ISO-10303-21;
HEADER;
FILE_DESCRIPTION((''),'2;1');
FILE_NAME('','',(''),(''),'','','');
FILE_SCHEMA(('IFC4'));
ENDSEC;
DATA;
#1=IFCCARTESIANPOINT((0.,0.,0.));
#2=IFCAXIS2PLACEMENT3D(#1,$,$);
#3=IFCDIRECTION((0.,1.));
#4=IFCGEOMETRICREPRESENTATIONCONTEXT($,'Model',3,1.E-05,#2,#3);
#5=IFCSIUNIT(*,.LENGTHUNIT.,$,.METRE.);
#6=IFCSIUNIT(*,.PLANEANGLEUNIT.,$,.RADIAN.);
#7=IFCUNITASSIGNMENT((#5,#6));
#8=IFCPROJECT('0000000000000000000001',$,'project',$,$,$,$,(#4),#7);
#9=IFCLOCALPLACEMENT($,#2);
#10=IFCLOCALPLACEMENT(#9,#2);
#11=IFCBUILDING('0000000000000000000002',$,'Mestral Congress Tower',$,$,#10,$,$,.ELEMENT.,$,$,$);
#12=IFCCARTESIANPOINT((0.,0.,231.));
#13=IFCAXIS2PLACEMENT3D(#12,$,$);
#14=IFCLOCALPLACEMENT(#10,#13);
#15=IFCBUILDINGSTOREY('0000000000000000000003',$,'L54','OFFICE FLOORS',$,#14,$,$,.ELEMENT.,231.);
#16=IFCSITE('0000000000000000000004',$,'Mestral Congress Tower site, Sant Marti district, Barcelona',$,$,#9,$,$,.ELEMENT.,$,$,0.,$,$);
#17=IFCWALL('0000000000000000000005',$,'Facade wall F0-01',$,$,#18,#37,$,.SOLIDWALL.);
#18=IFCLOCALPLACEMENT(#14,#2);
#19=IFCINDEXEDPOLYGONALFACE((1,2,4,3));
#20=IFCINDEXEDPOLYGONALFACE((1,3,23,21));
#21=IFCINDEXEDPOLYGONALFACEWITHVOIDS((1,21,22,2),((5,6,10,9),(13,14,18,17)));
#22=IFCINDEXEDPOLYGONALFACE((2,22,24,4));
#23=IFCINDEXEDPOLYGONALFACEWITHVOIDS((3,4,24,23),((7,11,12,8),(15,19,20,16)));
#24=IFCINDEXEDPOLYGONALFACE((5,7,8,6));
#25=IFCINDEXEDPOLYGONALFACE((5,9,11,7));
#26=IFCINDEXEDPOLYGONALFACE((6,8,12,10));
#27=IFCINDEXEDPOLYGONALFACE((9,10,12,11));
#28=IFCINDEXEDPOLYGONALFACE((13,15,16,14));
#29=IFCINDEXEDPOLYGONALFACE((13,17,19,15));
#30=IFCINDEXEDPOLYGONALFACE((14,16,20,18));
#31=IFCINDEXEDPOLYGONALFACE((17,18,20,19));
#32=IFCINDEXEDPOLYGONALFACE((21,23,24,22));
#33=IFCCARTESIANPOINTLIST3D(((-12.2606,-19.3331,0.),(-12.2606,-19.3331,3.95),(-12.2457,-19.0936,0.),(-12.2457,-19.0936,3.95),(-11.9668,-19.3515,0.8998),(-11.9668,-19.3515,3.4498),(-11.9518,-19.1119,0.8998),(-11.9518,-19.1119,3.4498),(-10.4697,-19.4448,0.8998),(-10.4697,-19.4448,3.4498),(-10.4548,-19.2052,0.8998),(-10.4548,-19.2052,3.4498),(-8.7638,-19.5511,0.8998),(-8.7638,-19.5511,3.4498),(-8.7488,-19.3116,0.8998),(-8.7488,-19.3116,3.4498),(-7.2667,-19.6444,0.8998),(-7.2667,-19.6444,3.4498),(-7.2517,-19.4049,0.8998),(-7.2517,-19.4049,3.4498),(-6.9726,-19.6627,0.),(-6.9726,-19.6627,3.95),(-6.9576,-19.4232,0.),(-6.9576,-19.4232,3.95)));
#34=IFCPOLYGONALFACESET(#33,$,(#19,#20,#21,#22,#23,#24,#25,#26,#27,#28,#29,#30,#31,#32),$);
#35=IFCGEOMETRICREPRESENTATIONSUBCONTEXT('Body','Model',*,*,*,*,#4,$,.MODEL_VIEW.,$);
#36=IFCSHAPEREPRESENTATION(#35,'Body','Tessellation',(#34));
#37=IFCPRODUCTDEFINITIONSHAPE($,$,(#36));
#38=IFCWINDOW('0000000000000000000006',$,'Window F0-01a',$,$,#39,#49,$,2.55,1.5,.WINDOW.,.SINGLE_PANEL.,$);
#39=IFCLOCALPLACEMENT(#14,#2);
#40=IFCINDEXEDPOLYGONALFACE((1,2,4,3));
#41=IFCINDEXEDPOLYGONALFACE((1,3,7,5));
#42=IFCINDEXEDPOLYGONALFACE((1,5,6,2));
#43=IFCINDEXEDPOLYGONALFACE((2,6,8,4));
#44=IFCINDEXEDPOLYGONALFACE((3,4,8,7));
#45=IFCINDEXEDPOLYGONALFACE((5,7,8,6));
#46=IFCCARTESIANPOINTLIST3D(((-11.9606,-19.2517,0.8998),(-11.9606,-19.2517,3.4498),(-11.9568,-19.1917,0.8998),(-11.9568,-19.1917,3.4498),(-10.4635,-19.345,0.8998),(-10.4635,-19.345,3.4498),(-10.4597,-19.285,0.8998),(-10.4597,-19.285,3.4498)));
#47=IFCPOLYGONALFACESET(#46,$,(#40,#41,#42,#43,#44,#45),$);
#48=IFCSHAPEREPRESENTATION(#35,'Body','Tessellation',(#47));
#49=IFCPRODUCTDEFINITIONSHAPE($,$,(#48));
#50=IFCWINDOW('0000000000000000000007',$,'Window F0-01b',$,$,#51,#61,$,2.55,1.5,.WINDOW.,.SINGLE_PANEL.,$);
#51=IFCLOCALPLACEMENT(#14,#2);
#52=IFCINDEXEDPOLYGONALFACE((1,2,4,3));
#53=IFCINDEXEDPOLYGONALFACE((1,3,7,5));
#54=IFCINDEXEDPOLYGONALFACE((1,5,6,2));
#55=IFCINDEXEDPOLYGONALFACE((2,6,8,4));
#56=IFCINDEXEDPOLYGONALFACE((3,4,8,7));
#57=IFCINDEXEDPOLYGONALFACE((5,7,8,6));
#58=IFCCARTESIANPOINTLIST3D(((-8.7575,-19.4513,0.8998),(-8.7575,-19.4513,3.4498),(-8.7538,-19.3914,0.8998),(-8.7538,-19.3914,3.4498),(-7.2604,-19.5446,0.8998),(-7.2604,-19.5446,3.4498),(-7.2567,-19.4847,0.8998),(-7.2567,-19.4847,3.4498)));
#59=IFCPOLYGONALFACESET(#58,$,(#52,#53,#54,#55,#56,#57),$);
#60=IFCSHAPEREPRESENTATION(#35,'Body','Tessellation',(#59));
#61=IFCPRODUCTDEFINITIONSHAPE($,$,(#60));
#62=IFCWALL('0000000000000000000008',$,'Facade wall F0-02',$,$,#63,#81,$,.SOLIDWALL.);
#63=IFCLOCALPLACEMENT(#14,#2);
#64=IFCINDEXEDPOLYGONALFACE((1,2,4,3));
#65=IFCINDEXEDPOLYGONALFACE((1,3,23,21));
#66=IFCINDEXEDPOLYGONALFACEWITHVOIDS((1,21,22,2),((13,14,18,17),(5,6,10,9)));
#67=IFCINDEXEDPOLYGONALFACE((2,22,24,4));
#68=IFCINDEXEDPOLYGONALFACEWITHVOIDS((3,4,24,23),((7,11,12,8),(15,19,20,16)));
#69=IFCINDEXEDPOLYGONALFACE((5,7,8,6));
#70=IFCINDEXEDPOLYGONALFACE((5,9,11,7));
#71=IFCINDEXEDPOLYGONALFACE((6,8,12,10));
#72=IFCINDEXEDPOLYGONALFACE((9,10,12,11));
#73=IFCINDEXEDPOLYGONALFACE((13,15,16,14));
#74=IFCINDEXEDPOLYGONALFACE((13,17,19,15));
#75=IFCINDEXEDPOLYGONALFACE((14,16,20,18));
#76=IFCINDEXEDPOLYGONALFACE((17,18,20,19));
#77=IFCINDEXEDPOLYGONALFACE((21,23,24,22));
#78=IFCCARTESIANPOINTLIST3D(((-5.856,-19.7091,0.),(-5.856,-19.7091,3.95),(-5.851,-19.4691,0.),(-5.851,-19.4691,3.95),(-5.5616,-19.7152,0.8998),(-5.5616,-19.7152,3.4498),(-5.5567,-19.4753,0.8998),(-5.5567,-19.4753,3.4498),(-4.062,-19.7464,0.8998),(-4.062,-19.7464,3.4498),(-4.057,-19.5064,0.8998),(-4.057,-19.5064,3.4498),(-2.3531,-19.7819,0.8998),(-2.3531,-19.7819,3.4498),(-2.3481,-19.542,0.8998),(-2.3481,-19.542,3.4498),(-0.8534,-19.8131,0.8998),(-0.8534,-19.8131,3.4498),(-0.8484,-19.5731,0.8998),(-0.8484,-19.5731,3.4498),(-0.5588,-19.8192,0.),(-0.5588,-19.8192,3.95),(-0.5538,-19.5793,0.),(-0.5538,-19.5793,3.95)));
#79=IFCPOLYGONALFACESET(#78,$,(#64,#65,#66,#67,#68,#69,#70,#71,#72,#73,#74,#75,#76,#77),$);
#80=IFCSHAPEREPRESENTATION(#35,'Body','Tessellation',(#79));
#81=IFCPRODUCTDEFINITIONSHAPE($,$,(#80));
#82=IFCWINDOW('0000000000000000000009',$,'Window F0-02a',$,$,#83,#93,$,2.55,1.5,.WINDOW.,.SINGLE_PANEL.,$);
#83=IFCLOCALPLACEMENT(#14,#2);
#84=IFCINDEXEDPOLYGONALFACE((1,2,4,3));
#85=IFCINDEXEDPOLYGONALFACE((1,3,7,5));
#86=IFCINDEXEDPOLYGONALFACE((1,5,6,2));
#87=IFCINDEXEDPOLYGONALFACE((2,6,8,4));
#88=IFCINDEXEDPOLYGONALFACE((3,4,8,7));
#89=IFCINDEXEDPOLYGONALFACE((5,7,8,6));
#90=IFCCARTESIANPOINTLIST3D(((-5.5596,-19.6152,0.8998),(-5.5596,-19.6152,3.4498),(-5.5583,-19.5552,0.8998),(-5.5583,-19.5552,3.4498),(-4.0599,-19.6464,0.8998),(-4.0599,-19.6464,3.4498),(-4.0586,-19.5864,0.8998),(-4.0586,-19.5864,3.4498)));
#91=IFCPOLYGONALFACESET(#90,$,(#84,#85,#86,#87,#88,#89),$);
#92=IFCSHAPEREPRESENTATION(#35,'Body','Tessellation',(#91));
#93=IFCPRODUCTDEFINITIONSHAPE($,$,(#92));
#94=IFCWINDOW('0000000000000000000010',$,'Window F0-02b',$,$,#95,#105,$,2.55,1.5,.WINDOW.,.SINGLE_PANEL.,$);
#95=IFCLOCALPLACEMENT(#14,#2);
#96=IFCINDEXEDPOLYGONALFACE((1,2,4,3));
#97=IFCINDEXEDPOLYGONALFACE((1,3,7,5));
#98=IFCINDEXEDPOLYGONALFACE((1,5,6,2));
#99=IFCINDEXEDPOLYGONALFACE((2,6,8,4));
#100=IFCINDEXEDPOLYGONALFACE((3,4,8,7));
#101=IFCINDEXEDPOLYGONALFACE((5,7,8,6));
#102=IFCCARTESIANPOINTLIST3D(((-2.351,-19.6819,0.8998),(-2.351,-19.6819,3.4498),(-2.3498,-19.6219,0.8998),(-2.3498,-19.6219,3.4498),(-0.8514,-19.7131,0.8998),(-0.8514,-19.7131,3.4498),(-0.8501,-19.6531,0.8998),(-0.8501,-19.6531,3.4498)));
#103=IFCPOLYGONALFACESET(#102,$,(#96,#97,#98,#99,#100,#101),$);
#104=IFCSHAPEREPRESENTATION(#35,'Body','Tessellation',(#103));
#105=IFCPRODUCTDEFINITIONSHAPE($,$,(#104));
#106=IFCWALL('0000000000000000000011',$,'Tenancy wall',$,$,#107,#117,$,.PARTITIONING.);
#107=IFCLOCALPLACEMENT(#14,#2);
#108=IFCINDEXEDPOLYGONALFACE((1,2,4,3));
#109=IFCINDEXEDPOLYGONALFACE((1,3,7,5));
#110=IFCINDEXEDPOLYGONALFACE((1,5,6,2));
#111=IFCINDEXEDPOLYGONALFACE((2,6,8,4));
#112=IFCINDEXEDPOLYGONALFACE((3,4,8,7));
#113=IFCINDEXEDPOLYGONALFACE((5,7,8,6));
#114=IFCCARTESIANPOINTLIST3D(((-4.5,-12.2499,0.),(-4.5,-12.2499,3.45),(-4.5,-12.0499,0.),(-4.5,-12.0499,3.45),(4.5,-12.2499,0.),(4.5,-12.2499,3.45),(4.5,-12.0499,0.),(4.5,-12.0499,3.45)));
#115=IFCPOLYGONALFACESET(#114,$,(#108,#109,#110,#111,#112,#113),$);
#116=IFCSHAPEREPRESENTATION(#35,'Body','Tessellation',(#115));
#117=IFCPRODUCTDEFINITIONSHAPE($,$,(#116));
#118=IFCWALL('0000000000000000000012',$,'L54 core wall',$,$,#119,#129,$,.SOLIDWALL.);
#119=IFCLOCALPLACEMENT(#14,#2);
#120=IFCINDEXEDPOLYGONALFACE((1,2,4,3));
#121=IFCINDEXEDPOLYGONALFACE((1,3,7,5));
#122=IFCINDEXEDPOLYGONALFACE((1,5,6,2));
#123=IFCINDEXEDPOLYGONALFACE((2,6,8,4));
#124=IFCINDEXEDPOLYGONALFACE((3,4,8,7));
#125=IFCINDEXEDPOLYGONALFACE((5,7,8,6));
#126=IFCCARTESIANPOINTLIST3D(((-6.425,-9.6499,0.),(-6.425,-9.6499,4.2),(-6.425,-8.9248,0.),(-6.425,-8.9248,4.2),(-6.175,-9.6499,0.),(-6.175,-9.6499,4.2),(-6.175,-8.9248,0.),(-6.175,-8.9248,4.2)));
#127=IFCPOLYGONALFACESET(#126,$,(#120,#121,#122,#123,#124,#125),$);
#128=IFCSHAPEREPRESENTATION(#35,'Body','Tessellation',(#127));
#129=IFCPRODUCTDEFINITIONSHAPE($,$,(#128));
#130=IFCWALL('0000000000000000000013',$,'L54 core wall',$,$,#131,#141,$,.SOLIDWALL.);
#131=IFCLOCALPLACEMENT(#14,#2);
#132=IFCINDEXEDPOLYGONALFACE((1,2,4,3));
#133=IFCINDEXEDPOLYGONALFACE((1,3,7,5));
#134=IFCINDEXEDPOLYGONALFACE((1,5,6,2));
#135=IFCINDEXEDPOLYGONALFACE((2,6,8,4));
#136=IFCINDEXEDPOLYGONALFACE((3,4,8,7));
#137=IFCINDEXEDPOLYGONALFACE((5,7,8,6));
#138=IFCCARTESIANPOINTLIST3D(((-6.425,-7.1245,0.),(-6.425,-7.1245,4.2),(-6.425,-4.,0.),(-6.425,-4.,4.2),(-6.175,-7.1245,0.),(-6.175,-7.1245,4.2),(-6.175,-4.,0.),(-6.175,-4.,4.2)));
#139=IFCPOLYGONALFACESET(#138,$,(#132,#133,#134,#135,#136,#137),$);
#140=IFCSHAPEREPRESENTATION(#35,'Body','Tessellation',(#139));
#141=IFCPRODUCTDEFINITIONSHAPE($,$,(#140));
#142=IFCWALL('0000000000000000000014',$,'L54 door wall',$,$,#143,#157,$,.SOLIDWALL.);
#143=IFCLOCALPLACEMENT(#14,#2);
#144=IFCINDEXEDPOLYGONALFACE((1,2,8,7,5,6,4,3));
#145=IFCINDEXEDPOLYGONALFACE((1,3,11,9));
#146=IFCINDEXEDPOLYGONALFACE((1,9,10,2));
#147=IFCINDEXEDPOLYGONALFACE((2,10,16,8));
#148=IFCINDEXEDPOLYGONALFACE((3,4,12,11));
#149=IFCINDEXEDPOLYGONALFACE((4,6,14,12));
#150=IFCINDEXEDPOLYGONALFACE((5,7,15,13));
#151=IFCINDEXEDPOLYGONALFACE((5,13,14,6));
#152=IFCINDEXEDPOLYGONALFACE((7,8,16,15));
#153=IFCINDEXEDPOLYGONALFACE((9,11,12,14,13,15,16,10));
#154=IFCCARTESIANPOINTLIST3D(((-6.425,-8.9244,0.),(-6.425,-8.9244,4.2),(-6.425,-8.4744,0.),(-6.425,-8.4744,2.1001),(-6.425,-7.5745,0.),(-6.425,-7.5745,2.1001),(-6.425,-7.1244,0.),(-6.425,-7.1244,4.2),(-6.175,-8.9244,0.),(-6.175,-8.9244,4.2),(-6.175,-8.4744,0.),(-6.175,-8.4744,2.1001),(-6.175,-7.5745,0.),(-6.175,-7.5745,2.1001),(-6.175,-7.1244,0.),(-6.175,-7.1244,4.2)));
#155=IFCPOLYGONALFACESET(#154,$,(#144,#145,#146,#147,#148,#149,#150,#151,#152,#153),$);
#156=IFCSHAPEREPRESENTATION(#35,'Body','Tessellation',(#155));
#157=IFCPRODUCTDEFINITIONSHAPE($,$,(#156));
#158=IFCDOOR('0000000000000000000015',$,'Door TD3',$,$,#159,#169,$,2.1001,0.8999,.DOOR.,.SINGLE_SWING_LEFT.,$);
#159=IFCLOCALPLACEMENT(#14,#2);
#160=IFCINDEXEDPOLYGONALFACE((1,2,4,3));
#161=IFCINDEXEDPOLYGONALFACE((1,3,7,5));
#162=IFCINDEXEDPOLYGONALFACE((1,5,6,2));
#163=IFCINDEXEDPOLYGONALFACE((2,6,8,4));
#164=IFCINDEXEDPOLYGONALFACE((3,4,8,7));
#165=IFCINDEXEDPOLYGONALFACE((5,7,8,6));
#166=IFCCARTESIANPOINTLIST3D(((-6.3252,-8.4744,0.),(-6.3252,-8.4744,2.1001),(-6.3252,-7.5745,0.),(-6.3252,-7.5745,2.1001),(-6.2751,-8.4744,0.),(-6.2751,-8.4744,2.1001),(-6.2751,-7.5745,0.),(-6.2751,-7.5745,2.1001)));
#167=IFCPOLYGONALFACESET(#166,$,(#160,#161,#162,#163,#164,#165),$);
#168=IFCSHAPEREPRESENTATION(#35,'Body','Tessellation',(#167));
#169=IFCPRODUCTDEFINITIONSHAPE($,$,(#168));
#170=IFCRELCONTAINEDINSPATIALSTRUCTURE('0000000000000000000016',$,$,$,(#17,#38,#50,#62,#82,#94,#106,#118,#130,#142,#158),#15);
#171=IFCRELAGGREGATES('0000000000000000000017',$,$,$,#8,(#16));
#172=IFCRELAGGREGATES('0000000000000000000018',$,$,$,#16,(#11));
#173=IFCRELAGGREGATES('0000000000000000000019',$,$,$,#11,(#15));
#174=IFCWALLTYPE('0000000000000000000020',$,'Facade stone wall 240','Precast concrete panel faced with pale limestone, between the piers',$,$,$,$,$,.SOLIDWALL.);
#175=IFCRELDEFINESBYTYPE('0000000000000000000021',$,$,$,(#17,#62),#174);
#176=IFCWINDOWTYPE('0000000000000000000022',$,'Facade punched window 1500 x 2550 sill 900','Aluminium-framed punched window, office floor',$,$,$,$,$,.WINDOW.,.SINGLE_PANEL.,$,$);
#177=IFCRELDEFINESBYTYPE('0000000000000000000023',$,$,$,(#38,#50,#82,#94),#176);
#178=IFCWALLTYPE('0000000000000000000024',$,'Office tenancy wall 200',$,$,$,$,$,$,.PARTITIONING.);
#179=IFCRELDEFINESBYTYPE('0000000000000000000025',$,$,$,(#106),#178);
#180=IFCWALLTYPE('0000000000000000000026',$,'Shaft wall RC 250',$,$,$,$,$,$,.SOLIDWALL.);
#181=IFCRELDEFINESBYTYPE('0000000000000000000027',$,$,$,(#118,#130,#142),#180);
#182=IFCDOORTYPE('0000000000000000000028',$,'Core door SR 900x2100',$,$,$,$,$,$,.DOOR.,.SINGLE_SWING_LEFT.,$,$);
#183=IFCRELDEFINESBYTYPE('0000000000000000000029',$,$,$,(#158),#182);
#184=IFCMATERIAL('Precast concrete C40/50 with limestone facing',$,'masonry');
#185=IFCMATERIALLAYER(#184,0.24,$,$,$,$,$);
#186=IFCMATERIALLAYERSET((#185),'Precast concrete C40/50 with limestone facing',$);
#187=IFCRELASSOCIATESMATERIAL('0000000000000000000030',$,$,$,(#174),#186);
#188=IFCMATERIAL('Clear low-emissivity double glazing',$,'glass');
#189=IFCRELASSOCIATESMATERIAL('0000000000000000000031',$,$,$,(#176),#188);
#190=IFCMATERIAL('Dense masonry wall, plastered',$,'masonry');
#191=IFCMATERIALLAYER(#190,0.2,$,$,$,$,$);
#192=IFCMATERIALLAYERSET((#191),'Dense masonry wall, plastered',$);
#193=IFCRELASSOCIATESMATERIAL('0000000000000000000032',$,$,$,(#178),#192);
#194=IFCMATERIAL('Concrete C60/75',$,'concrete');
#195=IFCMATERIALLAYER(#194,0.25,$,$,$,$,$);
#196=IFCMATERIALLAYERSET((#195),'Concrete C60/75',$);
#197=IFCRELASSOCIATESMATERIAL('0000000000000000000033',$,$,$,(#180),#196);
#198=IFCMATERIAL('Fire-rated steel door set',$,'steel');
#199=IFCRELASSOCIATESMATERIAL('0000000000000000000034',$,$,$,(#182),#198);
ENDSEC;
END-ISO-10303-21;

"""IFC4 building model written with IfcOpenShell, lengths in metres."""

from ifc_helpers import new_model, si_unit, direction, frame, frame_2d, origin, place, context, subcontext, project, spatial, rectangle, extrude, material, layer, layer_set, type_object, element, fill, save


model = new_model("IFC4")

# Units and contexts
model_context = context("Model", 3, precision=1e-05, world=origin(), true_north=direction((0.0, 1.0)))
body_context = subcontext(model_context, "Body", "Model", "MODEL_VIEW")
ifc_project = project(units=[si_unit("LENGTHUNIT", "METRE"), si_unit("PLANEANGLEUNIT", "RADIAN")], contexts=[model_context])

# Site, building, storey
site_placement = place(None, origin())
site = spatial("IfcSite", under=ifc_project, at=site_placement, Name="Mestral Congress Tower site, Sant Marti district, Barcelona", CompositionType="ELEMENT", RefElevation=0.0)
building_placement = place(site_placement, origin())
building = spatial("IfcBuilding", under=site, at=building_placement, Name="Mestral Congress Tower", CompositionType="ELEMENT")
storey_placement = place(building_placement, frame((0.0, 0.0, 231.0)))
storey = spatial("IfcBuildingStorey", under=building, at=storey_placement, Name="L54", Description="OFFICE FLOORS", CompositionType="ELEMENT", Elevation=231.0)

# Shared definitions
ifc_material_1 = material(Name="Concrete C60/75", Category="concrete")

# Walls, openings, windows
ifc_material_2 = material(Name="Precast concrete C40/50 with limestone facing", Category="masonry")
ifc_layer_1 = layer(ifc_material_2, 0.24)
ifc_layer_set_1 = layer_set([ifc_layer_1], Name="Precast concrete C40/50 with limestone facing")
wall_type_1 = type_object("IfcWallType", Name="Facade stone wall 240", Description="Precast concrete panel faced with pale limestone, between the piers", PredefinedType="SOLIDWALL", material=ifc_layer_set_1)
wall_1_placement = place(storey_placement, frame((-12.2532, -19.2134, 0.0), z_axis=(0.0, 0.0, 1.0), x_axis=(0.998063, -0.062206, 0.0)))
wall_1 = element("IfcWall", 1, at=wall_1_placement, inside=storey, type_object=wall_type_1, Name="Facade wall F0-01", PredefinedType="SOLIDWALL", context=body_context, shape_type="SweptSolid", body=[
    extrude(rectangle(XDim=5.2983, YDim=0.24, at=frame_2d((2.6492, 0.0))), origin(), (0.0, 0.0, 1.0), 3.95),
])
opening_1_placement = place(wall_1_placement, frame((0.2944, 0.0, 0.8999)))
opening_1 = element("IfcOpeningElement", 2, at=opening_1_placement, cuts=wall_1, PredefinedType="OPENING", context=body_context, shape_type="SweptSolid", body=[
    extrude(rectangle(XDim=1.5, YDim=2.55, at=frame_2d((0.75, 1.2749))), frame((0.0, 0.1299, 0.0), z_axis=(0.0, -1.0, 0.0), x_axis=(1.0, 0.0, 0.0)), (0.0, 0.0, 1.0), 0.26),
])
opening_2_placement = place(wall_1_placement, frame((3.5037, 0.0, 0.8999)))
opening_2 = element("IfcOpeningElement", 3, at=opening_2_placement, cuts=wall_1, PredefinedType="OPENING", context=body_context, shape_type="SweptSolid", body=[
    extrude(rectangle(XDim=1.5, YDim=2.55, at=frame_2d((0.75, 1.2749))), frame((0.0, 0.1299, 0.0), z_axis=(0.0, -1.0, 0.0), x_axis=(1.0, 0.0, 0.0)), (0.0, 0.0, 1.0), 0.26),
])
ifc_material_3 = material(Name="Clear low-emissivity double glazing", Category="glass")
window_type = type_object("IfcWindowType", Name="Facade punched window 1500 x 2550 sill 900", Description="Aluminium-framed punched window, office floor", PartitioningType="SINGLE_PANEL", PredefinedType="WINDOW", material=ifc_material_3)
window_1_placement = place(opening_1_placement, origin())
window_1 = element("IfcWindow", 4, at=window_1_placement, inside=storey, type_object=window_type, Name="Window F0-01a", OverallHeight=2.55, OverallWidth=1.5, PartitioningType="SINGLE_PANEL", PredefinedType="WINDOW", context=body_context, shape_type="SweptSolid", body=[
    extrude(rectangle(XDim=1.5, YDim=2.55, at=frame_2d((0.75, 1.2749))), frame((0.0, 0.04, 0.0), z_axis=(0.0, -1.0, 0.0), x_axis=(1.0, 0.0, 0.0)), (0.0, 0.0, 1.0), 0.0601),
])
fill(opening_1, window_1)
window_2_placement = place(opening_2_placement, origin())
window_2 = element("IfcWindow", 5, at=window_2_placement, inside=storey, type_object=window_type, Name="Window F0-01b", OverallHeight=2.55, OverallWidth=1.5, PartitioningType="SINGLE_PANEL", PredefinedType="WINDOW", context=body_context, shape_type="SweptSolid", body=[
    extrude(rectangle(XDim=1.5, YDim=2.55, at=frame_2d((0.75, 1.2749))), frame((0.0, 0.04, 0.0), z_axis=(0.0, -1.0, 0.0), x_axis=(1.0, 0.0, 0.0)), (0.0, 0.0, 1.0), 0.0601),
])
fill(opening_2, window_2)
wall_2_placement = place(storey_placement, frame((-5.8535, -19.5891, 0.0), z_axis=(0.0, 0.0, 1.0), x_axis=(0.999784, -0.020782, 0.0)))
wall_2 = element("IfcWall", 6, at=wall_2_placement, inside=storey, type_object=wall_type_1, Name="Facade wall F0-02", PredefinedType="SOLIDWALL", context=body_context, shape_type="SweptSolid", body=[
    extrude(rectangle(XDim=5.2983, YDim=0.24, at=frame_2d((2.6492, 0.0))), origin(), (0.0, 0.0, 1.0), 3.95),
])
opening_3_placement = place(wall_2_placement, frame((0.2944, 0.0, 0.8999)))
opening_3 = element("IfcOpeningElement", 7, at=opening_3_placement, cuts=wall_2, PredefinedType="OPENING", context=body_context, shape_type="SweptSolid", body=[
    extrude(rectangle(XDim=1.5, YDim=2.55, at=frame_2d((0.75, 1.2749))), frame((0.0, 0.1299, 0.0), z_axis=(0.0, -1.0, 0.0), x_axis=(1.0, 0.0, 0.0)), (0.0, 0.0, 1.0), 0.26),
])
opening_4_placement = place(wall_2_placement, frame((3.5037, 0.0, 0.8999)))
opening_4 = element("IfcOpeningElement", 8, at=opening_4_placement, cuts=wall_2, PredefinedType="OPENING", context=body_context, shape_type="SweptSolid", body=[
    extrude(rectangle(XDim=1.5, YDim=2.55, at=frame_2d((0.75, 1.2749))), frame((0.0, 0.1299, 0.0), z_axis=(0.0, -1.0, 0.0), x_axis=(1.0, 0.0, 0.0)), (0.0, 0.0, 1.0), 0.26),
])
window_3_placement = place(opening_3_placement, origin())
window_3 = element("IfcWindow", 9, at=window_3_placement, inside=storey, type_object=window_type, Name="Window F0-02a", OverallHeight=2.55, OverallWidth=1.5, PartitioningType="SINGLE_PANEL", PredefinedType="WINDOW", context=body_context, shape_type="SweptSolid", body=[
    extrude(rectangle(XDim=1.5, YDim=2.55, at=frame_2d((0.75, 1.2749))), frame((0.0, 0.04, 0.0), z_axis=(0.0, -1.0, 0.0), x_axis=(1.0, 0.0, 0.0)), (0.0, 0.0, 1.0), 0.0601),
])
fill(opening_3, window_3)
window_4_placement = place(opening_4_placement, origin())
window_4 = element("IfcWindow", 10, at=window_4_placement, inside=storey, type_object=window_type, Name="Window F0-02b", OverallHeight=2.55, OverallWidth=1.5, PartitioningType="SINGLE_PANEL", PredefinedType="WINDOW", context=body_context, shape_type="SweptSolid", body=[
    extrude(rectangle(XDim=1.5, YDim=2.55, at=frame_2d((0.75, 1.2749))), frame((0.0, 0.04, 0.0), z_axis=(0.0, -1.0, 0.0), x_axis=(1.0, 0.0, 0.0)), (0.0, 0.0, 1.0), 0.0601),
])
fill(opening_4, window_4)

# Walls
ifc_material_4 = material(Name="Dense masonry wall, plastered", Category="masonry")
ifc_layer_2 = layer(ifc_material_4, 0.2)
ifc_layer_set_2 = layer_set([ifc_layer_2], Name="Dense masonry wall, plastered")
wall_type_2 = type_object("IfcWallType", Name="Office tenancy wall 200", PredefinedType="PARTITIONING", material=ifc_layer_set_2)
wall_3_placement = place(storey_placement, frame((-4.5, -12.1499, 0.0), z_axis=(0.0, 0.0, 1.0), x_axis=(1.0, 0.0, 0.0)))
element("IfcWall", 11, at=wall_3_placement, inside=storey, type_object=wall_type_2, Name="Tenancy wall", PredefinedType="PARTITIONING", context=body_context, shape_type="SweptSolid", body=[
    extrude(rectangle(XDim=9.0, YDim=0.2, at=frame_2d((4.5, 0.0))), origin(), (0.0, 0.0, 1.0), 3.45),
])
ifc_layer_3 = layer(ifc_material_1, 0.25)
ifc_layer_set_3 = layer_set([ifc_layer_3], Name="Concrete C60/75")
wall_type_3 = type_object("IfcWallType", Name="Shaft wall RC 250", PredefinedType="SOLIDWALL", material=ifc_layer_set_3)
wall_4_placement = place(storey_placement, frame((-6.3, -8.9248, 0.0), z_axis=(0.0, 0.0, 1.0), x_axis=(0.0, -1.0, 0.0)))
element("IfcWall", 12, at=wall_4_placement, inside=storey, type_object=wall_type_3, Name="L54 core wall", PredefinedType="SOLIDWALL", context=body_context, shape_type="SweptSolid", body=[
    extrude(rectangle(XDim=0.7251, YDim=0.25, at=frame_2d((0.3625, 0.0))), origin(), (0.0, 0.0, 1.0), 4.2),
])
wall_5_placement = place(storey_placement, frame((-6.3, -7.1245, 0.0), z_axis=(0.0, 0.0, 1.0), x_axis=(0.0, 1.0, 0.0)))
element("IfcWall", 13, at=wall_5_placement, inside=storey, type_object=wall_type_3, Name="L54 core wall", PredefinedType="SOLIDWALL", context=body_context, shape_type="SweptSolid", body=[
    extrude(rectangle(XDim=3.1245, YDim=0.25, at=frame_2d((1.5623, 0.0))), origin(), (0.0, 0.0, 1.0), 4.2),
])

# Wall, opening, door
wall_6_placement = place(storey_placement, frame((-6.3, -7.1245, 0.0), z_axis=(0.0, 0.0, 1.0), x_axis=(0.0, -1.0, 0.0)))
wall_6 = element("IfcWall", 14, at=wall_6_placement, inside=storey, type_object=wall_type_3, Name="L54 door wall", PredefinedType="SOLIDWALL", context=body_context, shape_type="SweptSolid", body=[
    extrude(rectangle(XDim=1.8, YDim=0.25, at=frame_2d((0.8999, 0.0))), origin(), (0.0, 0.0, 1.0), 4.2),
])
opening_5_placement = place(wall_6_placement, frame((0.45, 0.0, 0.0)))
opening_5 = element("IfcOpeningElement", 15, at=opening_5_placement, cuts=wall_6, PredefinedType="OPENING", context=body_context, shape_type="SweptSolid", body=[
    extrude(rectangle(XDim=0.8999, YDim=2.1001, at=frame_2d((0.45, 1.05))), frame((0.0, 0.135, 0.0), z_axis=(0.0, -1.0, 0.0), x_axis=(1.0, 0.0, 0.0)), (0.0, 0.0, 1.0), 0.27),
])
ifc_material_5 = material(Name="Fire-rated steel door set", Category="steel")
door_type = type_object("IfcDoorType", Name="Core door SR 900x2100", OperationType="SINGLE_SWING_LEFT", PredefinedType="DOOR", material=ifc_material_5)
door_placement = place(opening_5_placement, origin())
door = element("IfcDoor", 16, at=door_placement, inside=storey, type_object=door_type, Name="Door TD3", OperationType="SINGLE_SWING_LEFT", OverallHeight=2.1001, OverallWidth=0.8999, PredefinedType="DOOR", context=body_context, shape_type="SweptSolid", body=[
    extrude(rectangle(XDim=0.8999, YDim=2.1001, at=frame_2d((0.45, 1.05))), frame((0.0, 0.0249, 0.0), z_axis=(0.0, -1.0, 0.0), x_axis=(1.0, 0.0, 0.0)), (0.0, 0.0, 1.0), 0.05),
])
fill(opening_5, door)

save(model, "model.ifc")
